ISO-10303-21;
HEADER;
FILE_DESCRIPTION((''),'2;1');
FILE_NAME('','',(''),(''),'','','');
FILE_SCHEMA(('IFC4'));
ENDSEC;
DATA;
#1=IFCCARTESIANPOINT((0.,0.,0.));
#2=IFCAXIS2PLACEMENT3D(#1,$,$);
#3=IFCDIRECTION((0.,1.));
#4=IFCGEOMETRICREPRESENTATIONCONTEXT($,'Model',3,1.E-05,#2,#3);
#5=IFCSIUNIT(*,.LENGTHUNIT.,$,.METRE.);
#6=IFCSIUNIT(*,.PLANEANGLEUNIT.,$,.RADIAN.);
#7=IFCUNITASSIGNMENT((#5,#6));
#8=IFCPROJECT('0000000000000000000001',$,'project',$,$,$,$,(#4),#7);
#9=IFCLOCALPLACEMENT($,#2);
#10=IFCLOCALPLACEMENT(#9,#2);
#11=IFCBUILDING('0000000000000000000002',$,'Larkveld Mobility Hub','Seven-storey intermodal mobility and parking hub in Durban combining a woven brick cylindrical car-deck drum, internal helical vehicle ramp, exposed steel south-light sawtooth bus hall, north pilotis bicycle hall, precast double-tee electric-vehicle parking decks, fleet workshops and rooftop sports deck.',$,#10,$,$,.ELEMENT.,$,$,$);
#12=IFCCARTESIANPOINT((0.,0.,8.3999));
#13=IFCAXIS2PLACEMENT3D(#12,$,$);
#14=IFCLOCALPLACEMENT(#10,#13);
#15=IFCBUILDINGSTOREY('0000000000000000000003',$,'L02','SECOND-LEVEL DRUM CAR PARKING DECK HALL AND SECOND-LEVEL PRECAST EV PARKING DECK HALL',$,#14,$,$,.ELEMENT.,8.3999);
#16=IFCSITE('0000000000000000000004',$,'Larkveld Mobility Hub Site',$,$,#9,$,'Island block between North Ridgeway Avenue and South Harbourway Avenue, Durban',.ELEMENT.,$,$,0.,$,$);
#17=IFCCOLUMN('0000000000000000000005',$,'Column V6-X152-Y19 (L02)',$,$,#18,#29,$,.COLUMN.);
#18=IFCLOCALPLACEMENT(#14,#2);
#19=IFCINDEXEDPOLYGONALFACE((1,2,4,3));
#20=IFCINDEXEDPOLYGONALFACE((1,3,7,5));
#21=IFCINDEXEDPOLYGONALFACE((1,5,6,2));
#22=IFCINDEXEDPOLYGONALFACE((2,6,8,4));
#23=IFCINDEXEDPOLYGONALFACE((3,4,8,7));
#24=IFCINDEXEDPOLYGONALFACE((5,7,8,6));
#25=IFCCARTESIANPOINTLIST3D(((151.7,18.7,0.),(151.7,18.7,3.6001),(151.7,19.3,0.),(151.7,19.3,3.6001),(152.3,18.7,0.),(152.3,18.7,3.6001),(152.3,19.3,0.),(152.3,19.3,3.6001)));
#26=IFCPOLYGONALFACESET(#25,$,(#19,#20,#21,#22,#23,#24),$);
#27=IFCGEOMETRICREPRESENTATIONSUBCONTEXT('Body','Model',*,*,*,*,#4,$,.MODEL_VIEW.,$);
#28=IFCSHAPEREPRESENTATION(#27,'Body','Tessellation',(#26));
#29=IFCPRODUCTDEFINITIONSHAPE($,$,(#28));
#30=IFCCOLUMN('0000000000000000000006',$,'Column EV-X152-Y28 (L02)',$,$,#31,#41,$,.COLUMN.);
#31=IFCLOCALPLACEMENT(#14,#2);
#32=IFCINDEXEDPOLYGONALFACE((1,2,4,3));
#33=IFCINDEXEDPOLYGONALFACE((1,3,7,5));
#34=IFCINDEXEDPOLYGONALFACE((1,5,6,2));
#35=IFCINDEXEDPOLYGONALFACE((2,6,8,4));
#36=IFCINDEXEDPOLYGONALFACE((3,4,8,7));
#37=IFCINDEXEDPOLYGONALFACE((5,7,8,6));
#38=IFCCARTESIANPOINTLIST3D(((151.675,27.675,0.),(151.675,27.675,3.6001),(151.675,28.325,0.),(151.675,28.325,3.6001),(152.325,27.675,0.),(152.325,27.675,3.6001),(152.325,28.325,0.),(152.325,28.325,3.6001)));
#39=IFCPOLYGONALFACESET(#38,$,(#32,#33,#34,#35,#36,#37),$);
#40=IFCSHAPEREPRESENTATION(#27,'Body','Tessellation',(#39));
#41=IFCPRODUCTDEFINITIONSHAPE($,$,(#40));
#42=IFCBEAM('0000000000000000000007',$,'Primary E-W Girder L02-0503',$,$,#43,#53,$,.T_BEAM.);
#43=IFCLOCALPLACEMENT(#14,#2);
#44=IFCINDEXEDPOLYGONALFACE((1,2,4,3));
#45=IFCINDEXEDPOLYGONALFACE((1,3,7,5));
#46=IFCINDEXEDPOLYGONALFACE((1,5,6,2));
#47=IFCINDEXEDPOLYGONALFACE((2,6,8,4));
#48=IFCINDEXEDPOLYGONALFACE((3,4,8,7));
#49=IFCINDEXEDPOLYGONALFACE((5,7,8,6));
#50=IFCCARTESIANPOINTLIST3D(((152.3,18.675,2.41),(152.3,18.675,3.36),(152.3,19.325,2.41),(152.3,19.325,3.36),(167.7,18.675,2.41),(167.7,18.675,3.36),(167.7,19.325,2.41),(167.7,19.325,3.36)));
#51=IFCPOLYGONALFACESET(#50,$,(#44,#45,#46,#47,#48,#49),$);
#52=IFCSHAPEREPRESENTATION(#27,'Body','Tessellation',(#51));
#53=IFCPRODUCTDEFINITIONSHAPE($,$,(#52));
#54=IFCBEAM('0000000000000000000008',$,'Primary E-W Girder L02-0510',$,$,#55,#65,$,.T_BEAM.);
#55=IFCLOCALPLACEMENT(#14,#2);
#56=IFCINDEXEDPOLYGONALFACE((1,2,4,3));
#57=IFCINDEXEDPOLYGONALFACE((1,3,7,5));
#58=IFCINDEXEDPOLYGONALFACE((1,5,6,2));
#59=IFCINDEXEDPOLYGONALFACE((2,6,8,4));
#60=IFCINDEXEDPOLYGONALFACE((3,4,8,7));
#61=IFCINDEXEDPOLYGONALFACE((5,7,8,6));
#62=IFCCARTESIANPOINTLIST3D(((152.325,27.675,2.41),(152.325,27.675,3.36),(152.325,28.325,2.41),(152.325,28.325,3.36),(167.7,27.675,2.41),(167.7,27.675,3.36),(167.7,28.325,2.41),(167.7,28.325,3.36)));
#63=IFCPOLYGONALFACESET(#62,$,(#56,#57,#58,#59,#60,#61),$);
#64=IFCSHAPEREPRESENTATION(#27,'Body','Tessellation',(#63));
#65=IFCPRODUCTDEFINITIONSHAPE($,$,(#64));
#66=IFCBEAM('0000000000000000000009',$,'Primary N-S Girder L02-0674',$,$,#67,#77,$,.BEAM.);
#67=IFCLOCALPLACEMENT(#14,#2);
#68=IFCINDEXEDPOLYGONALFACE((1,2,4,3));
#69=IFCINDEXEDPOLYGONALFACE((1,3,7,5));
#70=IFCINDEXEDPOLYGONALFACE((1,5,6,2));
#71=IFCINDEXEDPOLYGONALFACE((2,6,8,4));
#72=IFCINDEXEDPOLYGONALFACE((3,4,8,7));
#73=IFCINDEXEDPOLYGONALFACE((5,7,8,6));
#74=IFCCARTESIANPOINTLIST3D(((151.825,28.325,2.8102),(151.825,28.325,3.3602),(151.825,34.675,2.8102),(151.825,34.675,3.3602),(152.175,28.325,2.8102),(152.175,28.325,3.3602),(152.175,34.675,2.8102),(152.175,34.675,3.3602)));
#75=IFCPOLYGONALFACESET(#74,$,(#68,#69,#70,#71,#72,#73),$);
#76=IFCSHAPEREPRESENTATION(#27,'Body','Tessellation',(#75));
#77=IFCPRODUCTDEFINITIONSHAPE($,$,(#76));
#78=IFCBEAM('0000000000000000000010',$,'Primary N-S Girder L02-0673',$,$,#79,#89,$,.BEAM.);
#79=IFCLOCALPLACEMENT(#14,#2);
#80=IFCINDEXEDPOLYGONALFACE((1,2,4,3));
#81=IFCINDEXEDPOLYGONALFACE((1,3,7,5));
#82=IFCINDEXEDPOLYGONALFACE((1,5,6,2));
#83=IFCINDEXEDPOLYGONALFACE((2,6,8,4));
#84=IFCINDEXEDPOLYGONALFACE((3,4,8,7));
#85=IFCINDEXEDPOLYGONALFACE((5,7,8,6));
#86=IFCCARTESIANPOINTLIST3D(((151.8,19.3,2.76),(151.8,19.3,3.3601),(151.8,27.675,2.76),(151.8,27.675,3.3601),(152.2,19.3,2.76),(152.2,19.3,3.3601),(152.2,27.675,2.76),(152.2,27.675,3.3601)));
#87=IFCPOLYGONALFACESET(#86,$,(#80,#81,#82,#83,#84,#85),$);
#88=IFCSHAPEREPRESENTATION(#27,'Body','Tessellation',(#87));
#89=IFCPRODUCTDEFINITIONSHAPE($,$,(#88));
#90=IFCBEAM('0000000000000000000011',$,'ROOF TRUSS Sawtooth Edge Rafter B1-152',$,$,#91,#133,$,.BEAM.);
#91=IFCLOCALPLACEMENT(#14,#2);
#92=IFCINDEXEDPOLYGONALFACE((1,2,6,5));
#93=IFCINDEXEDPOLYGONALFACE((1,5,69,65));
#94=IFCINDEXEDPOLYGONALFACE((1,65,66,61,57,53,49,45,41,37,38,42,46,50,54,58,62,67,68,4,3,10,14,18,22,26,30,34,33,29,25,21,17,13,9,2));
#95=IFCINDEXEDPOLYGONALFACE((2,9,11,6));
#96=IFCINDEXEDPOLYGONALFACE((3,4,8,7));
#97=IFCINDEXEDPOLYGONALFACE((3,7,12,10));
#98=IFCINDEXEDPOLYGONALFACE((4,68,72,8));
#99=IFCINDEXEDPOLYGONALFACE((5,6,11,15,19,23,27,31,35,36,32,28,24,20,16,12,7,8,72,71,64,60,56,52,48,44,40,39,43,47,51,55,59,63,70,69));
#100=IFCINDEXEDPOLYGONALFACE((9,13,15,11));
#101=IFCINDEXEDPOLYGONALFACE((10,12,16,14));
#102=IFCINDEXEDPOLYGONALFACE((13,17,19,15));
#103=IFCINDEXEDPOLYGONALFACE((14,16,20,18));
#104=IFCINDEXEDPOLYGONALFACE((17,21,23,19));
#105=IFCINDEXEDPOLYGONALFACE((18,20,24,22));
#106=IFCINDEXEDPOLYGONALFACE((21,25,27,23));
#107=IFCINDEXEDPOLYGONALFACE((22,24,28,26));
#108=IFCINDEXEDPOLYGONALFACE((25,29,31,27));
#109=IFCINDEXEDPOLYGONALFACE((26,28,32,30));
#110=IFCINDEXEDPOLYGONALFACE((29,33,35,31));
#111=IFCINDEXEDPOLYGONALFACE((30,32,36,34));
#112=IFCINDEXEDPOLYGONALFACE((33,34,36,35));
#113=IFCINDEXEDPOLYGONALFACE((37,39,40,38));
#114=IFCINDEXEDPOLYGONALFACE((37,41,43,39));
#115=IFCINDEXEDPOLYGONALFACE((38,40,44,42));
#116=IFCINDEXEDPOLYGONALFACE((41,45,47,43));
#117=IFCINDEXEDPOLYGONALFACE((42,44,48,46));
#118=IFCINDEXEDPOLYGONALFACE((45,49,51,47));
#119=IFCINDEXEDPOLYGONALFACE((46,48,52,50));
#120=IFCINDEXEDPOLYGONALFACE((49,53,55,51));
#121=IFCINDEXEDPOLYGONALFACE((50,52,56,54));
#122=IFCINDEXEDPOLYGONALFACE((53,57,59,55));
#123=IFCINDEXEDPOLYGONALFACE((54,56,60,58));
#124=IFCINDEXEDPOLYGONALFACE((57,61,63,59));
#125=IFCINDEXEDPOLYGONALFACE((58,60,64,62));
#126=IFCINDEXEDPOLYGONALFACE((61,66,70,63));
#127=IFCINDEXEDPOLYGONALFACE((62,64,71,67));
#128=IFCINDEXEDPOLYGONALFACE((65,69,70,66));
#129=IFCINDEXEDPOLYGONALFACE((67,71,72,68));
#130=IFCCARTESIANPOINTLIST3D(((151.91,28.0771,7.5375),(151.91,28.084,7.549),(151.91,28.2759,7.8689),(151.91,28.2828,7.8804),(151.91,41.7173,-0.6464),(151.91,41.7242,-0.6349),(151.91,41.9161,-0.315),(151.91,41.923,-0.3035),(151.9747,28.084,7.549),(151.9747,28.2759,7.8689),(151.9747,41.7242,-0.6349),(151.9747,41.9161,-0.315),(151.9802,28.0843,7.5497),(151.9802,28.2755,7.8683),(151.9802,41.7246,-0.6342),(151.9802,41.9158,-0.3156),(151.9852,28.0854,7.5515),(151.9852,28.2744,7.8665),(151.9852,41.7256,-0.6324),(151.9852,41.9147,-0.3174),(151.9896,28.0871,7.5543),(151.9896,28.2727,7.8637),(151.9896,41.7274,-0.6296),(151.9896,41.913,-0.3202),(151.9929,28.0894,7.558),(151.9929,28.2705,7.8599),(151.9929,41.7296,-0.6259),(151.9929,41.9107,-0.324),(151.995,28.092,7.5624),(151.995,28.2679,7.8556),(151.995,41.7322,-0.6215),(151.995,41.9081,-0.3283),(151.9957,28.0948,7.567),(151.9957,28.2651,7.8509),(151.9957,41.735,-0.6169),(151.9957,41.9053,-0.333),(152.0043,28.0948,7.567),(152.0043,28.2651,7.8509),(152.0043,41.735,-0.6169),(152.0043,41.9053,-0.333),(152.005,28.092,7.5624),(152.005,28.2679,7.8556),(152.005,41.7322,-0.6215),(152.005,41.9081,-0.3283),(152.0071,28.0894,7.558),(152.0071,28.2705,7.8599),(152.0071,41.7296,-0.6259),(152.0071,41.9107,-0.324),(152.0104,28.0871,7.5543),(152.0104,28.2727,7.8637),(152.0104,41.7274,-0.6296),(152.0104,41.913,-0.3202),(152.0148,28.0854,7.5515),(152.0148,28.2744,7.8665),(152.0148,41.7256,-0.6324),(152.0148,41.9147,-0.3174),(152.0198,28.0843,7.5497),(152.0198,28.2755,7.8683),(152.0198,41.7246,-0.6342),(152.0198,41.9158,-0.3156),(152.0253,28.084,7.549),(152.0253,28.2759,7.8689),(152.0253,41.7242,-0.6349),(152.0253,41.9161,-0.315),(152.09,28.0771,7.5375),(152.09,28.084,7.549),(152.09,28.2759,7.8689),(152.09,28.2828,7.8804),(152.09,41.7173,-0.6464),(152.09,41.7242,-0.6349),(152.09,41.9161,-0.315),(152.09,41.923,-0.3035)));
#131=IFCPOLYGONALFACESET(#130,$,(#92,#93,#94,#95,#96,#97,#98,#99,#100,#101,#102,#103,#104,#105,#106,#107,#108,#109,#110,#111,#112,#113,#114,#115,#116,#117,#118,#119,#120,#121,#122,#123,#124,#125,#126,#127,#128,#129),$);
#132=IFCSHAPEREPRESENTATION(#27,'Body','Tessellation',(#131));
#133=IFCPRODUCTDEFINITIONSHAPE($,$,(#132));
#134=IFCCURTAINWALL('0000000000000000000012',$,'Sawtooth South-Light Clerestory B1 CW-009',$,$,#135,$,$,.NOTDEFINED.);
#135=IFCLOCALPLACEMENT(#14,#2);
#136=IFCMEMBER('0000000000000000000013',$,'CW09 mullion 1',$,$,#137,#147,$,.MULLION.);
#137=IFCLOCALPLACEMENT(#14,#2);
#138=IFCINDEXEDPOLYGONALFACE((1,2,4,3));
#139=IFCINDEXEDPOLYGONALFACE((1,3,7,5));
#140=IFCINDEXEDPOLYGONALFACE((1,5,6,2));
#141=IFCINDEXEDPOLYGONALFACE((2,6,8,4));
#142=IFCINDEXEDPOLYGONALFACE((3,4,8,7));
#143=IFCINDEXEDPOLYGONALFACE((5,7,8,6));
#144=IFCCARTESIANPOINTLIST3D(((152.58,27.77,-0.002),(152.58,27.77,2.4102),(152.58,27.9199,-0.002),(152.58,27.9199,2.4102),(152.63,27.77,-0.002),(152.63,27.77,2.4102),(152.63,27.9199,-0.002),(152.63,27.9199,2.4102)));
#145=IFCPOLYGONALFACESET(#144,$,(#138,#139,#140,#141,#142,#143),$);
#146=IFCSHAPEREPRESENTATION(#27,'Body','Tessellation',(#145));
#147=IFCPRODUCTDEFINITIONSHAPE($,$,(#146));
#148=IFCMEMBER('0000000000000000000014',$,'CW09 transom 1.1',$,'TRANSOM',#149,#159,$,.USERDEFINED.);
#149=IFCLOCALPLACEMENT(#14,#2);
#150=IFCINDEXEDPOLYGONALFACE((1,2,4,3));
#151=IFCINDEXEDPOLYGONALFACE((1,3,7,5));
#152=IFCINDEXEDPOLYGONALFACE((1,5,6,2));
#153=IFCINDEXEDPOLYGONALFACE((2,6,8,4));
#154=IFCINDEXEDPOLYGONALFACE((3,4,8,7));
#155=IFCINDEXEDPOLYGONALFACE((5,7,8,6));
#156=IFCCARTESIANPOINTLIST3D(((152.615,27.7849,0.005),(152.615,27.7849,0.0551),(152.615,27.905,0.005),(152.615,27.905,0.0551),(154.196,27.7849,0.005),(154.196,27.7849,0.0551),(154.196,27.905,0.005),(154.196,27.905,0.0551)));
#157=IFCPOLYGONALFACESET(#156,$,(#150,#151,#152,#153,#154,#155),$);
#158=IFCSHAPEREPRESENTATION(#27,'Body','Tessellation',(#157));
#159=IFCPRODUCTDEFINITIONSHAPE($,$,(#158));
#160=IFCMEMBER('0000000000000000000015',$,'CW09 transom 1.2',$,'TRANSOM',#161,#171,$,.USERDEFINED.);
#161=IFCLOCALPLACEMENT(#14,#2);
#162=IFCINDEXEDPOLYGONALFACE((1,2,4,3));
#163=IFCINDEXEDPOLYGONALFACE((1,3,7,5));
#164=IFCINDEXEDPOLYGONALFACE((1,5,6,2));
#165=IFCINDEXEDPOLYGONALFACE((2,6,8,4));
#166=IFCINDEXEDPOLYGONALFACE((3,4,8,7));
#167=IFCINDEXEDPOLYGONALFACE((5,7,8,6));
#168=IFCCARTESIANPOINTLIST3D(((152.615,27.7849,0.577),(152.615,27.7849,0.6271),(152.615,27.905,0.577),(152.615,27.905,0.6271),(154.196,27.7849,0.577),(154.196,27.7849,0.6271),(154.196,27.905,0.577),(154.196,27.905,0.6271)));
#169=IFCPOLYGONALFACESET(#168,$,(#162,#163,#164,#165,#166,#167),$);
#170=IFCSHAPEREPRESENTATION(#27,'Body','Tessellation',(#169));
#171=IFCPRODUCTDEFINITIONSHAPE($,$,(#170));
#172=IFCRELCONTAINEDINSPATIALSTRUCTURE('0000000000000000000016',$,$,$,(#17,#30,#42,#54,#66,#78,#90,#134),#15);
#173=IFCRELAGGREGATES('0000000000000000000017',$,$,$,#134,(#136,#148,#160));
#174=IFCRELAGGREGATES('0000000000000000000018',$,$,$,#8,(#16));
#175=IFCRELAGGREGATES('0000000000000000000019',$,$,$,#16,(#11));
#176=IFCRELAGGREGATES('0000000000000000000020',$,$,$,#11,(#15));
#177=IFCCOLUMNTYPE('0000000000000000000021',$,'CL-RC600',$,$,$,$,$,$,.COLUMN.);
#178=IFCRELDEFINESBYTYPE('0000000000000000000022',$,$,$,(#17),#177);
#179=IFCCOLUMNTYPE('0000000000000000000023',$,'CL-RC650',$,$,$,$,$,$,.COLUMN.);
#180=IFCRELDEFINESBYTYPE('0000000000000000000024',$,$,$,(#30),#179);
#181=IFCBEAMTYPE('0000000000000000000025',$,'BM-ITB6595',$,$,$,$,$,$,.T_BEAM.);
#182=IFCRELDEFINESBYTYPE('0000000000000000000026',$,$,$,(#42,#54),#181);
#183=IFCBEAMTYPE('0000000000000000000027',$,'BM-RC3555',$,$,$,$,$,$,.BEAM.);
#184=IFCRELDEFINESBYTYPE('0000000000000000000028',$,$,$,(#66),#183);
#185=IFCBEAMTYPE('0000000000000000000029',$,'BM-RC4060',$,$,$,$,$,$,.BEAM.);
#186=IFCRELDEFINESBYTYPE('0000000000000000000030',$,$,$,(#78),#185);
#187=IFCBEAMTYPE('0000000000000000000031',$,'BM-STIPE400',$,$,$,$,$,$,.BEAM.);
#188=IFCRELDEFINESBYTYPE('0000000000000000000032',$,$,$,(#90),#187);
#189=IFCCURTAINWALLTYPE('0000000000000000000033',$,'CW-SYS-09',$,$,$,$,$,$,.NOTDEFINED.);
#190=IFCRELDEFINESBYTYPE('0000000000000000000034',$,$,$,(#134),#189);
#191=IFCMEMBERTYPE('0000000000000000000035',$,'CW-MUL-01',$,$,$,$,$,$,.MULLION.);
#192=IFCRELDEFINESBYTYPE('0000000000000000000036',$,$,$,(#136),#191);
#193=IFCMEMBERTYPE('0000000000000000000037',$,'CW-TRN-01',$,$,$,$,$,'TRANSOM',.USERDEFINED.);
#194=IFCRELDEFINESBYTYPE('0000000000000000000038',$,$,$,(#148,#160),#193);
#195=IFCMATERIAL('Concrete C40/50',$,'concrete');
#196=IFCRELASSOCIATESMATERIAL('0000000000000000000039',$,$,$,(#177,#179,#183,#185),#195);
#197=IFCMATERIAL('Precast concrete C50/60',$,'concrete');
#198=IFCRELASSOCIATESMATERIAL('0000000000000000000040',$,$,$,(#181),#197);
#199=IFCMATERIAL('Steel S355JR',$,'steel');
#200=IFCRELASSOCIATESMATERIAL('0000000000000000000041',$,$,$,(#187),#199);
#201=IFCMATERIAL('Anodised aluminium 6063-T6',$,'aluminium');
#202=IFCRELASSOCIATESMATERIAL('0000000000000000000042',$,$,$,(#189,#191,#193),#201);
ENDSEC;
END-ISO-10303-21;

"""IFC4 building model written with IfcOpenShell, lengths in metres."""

from ifc_helpers import new_model, si_unit, direction, frame, origin, origin_2d, place, context, subcontext, project, spatial, rectangle, i_section, extrude, material, material_profile, profile_set, type_object, element, aggregate, save


model = new_model("IFC4")

# Units and contexts
model_context = context("Model", 3, precision=1e-05, world=origin(), true_north=direction((0.0, 1.0)))
body_context = subcontext(model_context, "Body", "Model", "MODEL_VIEW")
ifc_project = project(units=[si_unit("LENGTHUNIT", "METRE"), si_unit("PLANEANGLEUNIT", "RADIAN")], contexts=[model_context])

# Site, building, storey
site_placement = place(None, origin())
site = spatial("IfcSite", under=ifc_project, at=site_placement, Name="Larkveld Mobility Hub Site", LongName="Island block between North Ridgeway Avenue and South Harbourway Avenue, Durban", CompositionType="ELEMENT", RefElevation=0.0)
building_placement = place(site_placement, origin())
building = spatial("IfcBuilding", under=site, at=building_placement, Name="Larkveld Mobility Hub", Description="Seven-storey intermodal mobility and parking hub in Durban combining a woven brick cylindrical car-deck drum, internal helical vehicle ramp, exposed steel south-light sawtooth bus hall, north pilotis bicycle hall, precast double-tee electric-vehicle parking decks, fleet workshops and rooftop sports deck.", CompositionType="ELEMENT")
storey_placement = place(building_placement, frame((0.0, 0.0, 8.3999)))
storey = spatial("IfcBuildingStorey", under=building, at=storey_placement, Name="L02", Description="SECOND-LEVEL DRUM CAR PARKING DECK HALL AND SECOND-LEVEL PRECAST EV PARKING DECK HALL", CompositionType="ELEMENT", Elevation=8.3999)

# Columns
ifc_material_1 = material(Name="Concrete C40/50", Category="concrete")
ifc_material_profile_1 = material_profile(ifc_material_1, rectangle(XDim=0.6001, YDim=0.6001, at=origin_2d()), Name="RC COL 600x600")
ifc_profile_set_1 = profile_set([ifc_material_profile_1], Name="Concrete C40/50")
column_type_1 = type_object("IfcColumnType", Name="CL-RC600", PredefinedType="COLUMN", material=ifc_profile_set_1)
column_1_placement = place(storey_placement, frame((152.0, 19.0, 0.0), z_axis=(0.0, 0.0, 1.0), x_axis=(1.0, 0.0, 0.0)))
element("IfcColumn", 1, at=column_1_placement, inside=storey, type_object=column_type_1, Name="Column V6-X152-Y19 (L02)", PredefinedType="COLUMN", context=body_context, shape_type="SweptSolid", body=[
    extrude(rectangle(XDim=0.6001, YDim=0.6001, at=origin_2d()), origin(), (0.0, 0.0, 1.0), 3.6001),
])
ifc_material_profile_2 = material_profile(ifc_material_1, rectangle(XDim=0.6499, YDim=0.6499, at=origin_2d()), Name="RC COL 650x650")
ifc_profile_set_2 = profile_set([ifc_material_profile_2], Name="Concrete C40/50")
column_type_2 = type_object("IfcColumnType", Name="CL-RC650", PredefinedType="COLUMN", material=ifc_profile_set_2)
column_2_placement = place(storey_placement, frame((152.0, 28.0, 0.0), z_axis=(0.0, 0.0, 1.0), x_axis=(1.0, 0.0, 0.0)))
element("IfcColumn", 2, at=column_2_placement, inside=storey, type_object=column_type_2, Name="Column EV-X152-Y28 (L02)", PredefinedType="COLUMN", context=body_context, shape_type="SweptSolid", body=[
    extrude(rectangle(XDim=0.6499, YDim=0.6499, at=origin_2d()), origin(), (0.0, 0.0, 1.0), 3.6001),
])

# Beams
ifc_material_2 = material(Name="Precast concrete C50/60", Category="concrete")
ifc_material_profile_3 = material_profile(ifc_material_2, rectangle(XDim=0.6499, YDim=0.95, at=origin_2d()), Name="PC ITB 650x950")
ifc_profile_set_3 = profile_set([ifc_material_profile_3], Name="Precast concrete C50/60")
beam_type_1 = type_object("IfcBeamType", Name="BM-ITB6595", PredefinedType="T_BEAM", material=ifc_profile_set_3)
beam_1_placement = place(storey_placement, frame((152.3, 19.0, 2.885), z_axis=(1.0, 0.0, 0.0), x_axis=(0.0, 1.0, 0.0)))
element("IfcBeam", 3, at=beam_1_placement, inside=storey, type_object=beam_type_1, Name="Primary E-W Girder L02-0503", PredefinedType="T_BEAM", context=body_context, shape_type="SweptSolid", body=[
    extrude(rectangle(XDim=0.6499, YDim=0.95, at=origin_2d()), origin(), (0.0, 0.0, 1.0), 15.3999),
])
beam_2_placement = place(storey_placement, frame((152.325, 28.0, 2.885), z_axis=(1.0, 0.0, 0.0), x_axis=(0.0, 1.0, 0.0)))
element("IfcBeam", 4, at=beam_2_placement, inside=storey, type_object=beam_type_1, Name="Primary E-W Girder L02-0510", PredefinedType="T_BEAM", context=body_context, shape_type="SweptSolid", body=[
    extrude(rectangle(XDim=0.6499, YDim=0.95, at=origin_2d()), origin(), (0.0, 0.0, 1.0), 15.375),
])
ifc_material_profile_4 = material_profile(ifc_material_1, rectangle(XDim=0.3501, YDim=0.55, at=origin_2d()), Name="RC BM 350x550")
ifc_profile_set_4 = profile_set([ifc_material_profile_4], Name="Concrete C40/50")
beam_type_2 = type_object("IfcBeamType", Name="BM-RC3555", PredefinedType="BEAM", material=ifc_profile_set_4)
beam_3_placement = place(storey_placement, frame((152.0, 28.325, 3.0852), z_axis=(0.0, 1.0, 0.0), x_axis=(-1.0, 0.0, 0.0)))
element("IfcBeam", 5, at=beam_3_placement, inside=storey, type_object=beam_type_2, Name="Primary N-S Girder L02-0674", PredefinedType="BEAM", context=body_context, shape_type="SweptSolid", body=[
    extrude(rectangle(XDim=0.3501, YDim=0.55, at=origin_2d()), origin(), (0.0, 0.0, 1.0), 6.3501),
])
ifc_material_profile_5 = material_profile(ifc_material_1, rectangle(XDim=0.3999, YDim=0.6001, at=origin_2d()), Name="RC BM 400x600")
ifc_profile_set_5 = profile_set([ifc_material_profile_5], Name="Concrete C40/50")
beam_type_3 = type_object("IfcBeamType", Name="BM-RC4060", PredefinedType="BEAM", material=ifc_profile_set_5)
beam_4_placement = place(storey_placement, frame((152.0, 19.3, 3.0601), z_axis=(0.0, 1.0, 0.0), x_axis=(-1.0, 0.0, 0.0)))
element("IfcBeam", 6, at=beam_4_placement, inside=storey, type_object=beam_type_3, Name="Primary N-S Girder L02-0673", PredefinedType="BEAM", context=body_context, shape_type="SweptSolid", body=[
    extrude(rectangle(XDim=0.3999, YDim=0.6001, at=origin_2d()), origin(), (0.0, 0.0, 1.0), 8.375),
])
ifc_material_3 = material(Name="Steel S355JR", Category="steel")
ifc_material_profile_6 = material_profile(ifc_material_3, i_section(OverallWidth=0.1799, OverallDepth=0.3999, WebThickness=0.0085, FlangeThickness=0.0134, FilletRadius=0.021, at=origin_2d()), Name="IPE 400")
ifc_profile_set_6 = profile_set([ifc_material_profile_6], Name="Steel S355JR")
beam_type_4 = type_object("IfcBeamType", Name="BM-STIPE400", PredefinedType="BEAM", material=ifc_profile_set_6)
beam_5_placement = place(storey_placement, frame((152.0, 28.1799, 7.709), z_axis=(0.0, 0.8575, -0.514484), x_axis=(-1.0, 0.0, 0.0)))
element("IfcBeam", 7, at=beam_5_placement, inside=storey, type_object=beam_type_4, Name="ROOF TRUSS Sawtooth Edge Rafter B1-152", PredefinedType="BEAM", context=body_context, shape_type="SweptSolid", body=[
    extrude(i_section(OverallWidth=0.1799, OverallDepth=0.3999, WebThickness=0.0085, FlangeThickness=0.0134, FilletRadius=0.021, at=origin_2d()), origin(), (0.0, 0.0, 1.0), 15.907),
])

# Curtain wall, members
ifc_material_4 = material(Name="Anodised aluminium 6063-T6", Category="aluminium")
curtain_wall_type = type_object("IfcCurtainWallType", Name="CW-SYS-09", PredefinedType="NOTDEFINED", material=ifc_material_4)
curtain_wall_placement = place(storey_placement, origin())
curtain_wall = element("IfcCurtainWall", 8, at=curtain_wall_placement, inside=storey, type_object=curtain_wall_type, Name="Sawtooth South-Light Clerestory B1 CW-009", PredefinedType="NOTDEFINED")
ifc_material_profile_7 = material_profile(ifc_material_4, rectangle(XDim=0.05, YDim=0.1499, at=origin_2d()), Name="ALU MULL 50x150")
ifc_profile_set_7 = profile_set([ifc_material_profile_7], Name="Anodised aluminium 6063-T6")
member_type_1 = type_object("IfcMemberType", Name="CW-MUL-01", PredefinedType="MULLION", material=ifc_profile_set_7)
member_1_placement = place(storey_placement, frame((152.605, 27.845, -0.002), z_axis=(0.0, 0.0, 1.0), x_axis=(1.0, 0.0, 0.0)))
member_1 = element("IfcMember", 9, at=member_1_placement, type_object=member_type_1, Name="CW09 mullion 1", PredefinedType="MULLION", context=body_context, shape_type="SweptSolid", body=[
    extrude(rectangle(XDim=0.05, YDim=0.1499, at=origin_2d()), origin(), (0.0, 0.0, 1.0), 2.4121),
])
ifc_material_profile_8 = material_profile(ifc_material_4, rectangle(XDim=0.1201, YDim=0.05, at=origin_2d()), Name="ALU TRAN 50x120")
ifc_profile_set_8 = profile_set([ifc_material_profile_8], Name="Anodised aluminium 6063-T6")
member_type_2 = type_object("IfcMemberType", Name="CW-TRN-01", ElementType="TRANSOM", PredefinedType="USERDEFINED", material=ifc_profile_set_8)
member_2_placement = place(storey_placement, frame((152.615, 27.845, 0.03), z_axis=(1.0, 0.0, 0.0), x_axis=(0.0, 1.0, 0.0)))
member_2 = element("IfcMember", 10, at=member_2_placement, type_object=member_type_2, Name="CW09 transom 1.1", ObjectType="TRANSOM", PredefinedType="USERDEFINED", context=body_context, shape_type="SweptSolid", body=[
    extrude(rectangle(XDim=0.1201, YDim=0.05, at=origin_2d()), origin(), (0.0, 0.0, 1.0), 1.5811),
])
member_3_placement = place(storey_placement, frame((152.615, 27.845, 0.6021), z_axis=(1.0, 0.0, 0.0), x_axis=(0.0, 1.0, 0.0)))
member_3 = element("IfcMember", 11, at=member_3_placement, type_object=member_type_2, Name="CW09 transom 1.2", ObjectType="TRANSOM", PredefinedType="USERDEFINED", context=body_context, shape_type="SweptSolid", body=[
    extrude(rectangle(XDim=0.1201, YDim=0.05, at=origin_2d()), origin(), (0.0, 0.0, 1.0), 1.5811),
])
aggregate(curtain_wall, [member_1, member_2, member_3])

save(model, "model.ifc")
